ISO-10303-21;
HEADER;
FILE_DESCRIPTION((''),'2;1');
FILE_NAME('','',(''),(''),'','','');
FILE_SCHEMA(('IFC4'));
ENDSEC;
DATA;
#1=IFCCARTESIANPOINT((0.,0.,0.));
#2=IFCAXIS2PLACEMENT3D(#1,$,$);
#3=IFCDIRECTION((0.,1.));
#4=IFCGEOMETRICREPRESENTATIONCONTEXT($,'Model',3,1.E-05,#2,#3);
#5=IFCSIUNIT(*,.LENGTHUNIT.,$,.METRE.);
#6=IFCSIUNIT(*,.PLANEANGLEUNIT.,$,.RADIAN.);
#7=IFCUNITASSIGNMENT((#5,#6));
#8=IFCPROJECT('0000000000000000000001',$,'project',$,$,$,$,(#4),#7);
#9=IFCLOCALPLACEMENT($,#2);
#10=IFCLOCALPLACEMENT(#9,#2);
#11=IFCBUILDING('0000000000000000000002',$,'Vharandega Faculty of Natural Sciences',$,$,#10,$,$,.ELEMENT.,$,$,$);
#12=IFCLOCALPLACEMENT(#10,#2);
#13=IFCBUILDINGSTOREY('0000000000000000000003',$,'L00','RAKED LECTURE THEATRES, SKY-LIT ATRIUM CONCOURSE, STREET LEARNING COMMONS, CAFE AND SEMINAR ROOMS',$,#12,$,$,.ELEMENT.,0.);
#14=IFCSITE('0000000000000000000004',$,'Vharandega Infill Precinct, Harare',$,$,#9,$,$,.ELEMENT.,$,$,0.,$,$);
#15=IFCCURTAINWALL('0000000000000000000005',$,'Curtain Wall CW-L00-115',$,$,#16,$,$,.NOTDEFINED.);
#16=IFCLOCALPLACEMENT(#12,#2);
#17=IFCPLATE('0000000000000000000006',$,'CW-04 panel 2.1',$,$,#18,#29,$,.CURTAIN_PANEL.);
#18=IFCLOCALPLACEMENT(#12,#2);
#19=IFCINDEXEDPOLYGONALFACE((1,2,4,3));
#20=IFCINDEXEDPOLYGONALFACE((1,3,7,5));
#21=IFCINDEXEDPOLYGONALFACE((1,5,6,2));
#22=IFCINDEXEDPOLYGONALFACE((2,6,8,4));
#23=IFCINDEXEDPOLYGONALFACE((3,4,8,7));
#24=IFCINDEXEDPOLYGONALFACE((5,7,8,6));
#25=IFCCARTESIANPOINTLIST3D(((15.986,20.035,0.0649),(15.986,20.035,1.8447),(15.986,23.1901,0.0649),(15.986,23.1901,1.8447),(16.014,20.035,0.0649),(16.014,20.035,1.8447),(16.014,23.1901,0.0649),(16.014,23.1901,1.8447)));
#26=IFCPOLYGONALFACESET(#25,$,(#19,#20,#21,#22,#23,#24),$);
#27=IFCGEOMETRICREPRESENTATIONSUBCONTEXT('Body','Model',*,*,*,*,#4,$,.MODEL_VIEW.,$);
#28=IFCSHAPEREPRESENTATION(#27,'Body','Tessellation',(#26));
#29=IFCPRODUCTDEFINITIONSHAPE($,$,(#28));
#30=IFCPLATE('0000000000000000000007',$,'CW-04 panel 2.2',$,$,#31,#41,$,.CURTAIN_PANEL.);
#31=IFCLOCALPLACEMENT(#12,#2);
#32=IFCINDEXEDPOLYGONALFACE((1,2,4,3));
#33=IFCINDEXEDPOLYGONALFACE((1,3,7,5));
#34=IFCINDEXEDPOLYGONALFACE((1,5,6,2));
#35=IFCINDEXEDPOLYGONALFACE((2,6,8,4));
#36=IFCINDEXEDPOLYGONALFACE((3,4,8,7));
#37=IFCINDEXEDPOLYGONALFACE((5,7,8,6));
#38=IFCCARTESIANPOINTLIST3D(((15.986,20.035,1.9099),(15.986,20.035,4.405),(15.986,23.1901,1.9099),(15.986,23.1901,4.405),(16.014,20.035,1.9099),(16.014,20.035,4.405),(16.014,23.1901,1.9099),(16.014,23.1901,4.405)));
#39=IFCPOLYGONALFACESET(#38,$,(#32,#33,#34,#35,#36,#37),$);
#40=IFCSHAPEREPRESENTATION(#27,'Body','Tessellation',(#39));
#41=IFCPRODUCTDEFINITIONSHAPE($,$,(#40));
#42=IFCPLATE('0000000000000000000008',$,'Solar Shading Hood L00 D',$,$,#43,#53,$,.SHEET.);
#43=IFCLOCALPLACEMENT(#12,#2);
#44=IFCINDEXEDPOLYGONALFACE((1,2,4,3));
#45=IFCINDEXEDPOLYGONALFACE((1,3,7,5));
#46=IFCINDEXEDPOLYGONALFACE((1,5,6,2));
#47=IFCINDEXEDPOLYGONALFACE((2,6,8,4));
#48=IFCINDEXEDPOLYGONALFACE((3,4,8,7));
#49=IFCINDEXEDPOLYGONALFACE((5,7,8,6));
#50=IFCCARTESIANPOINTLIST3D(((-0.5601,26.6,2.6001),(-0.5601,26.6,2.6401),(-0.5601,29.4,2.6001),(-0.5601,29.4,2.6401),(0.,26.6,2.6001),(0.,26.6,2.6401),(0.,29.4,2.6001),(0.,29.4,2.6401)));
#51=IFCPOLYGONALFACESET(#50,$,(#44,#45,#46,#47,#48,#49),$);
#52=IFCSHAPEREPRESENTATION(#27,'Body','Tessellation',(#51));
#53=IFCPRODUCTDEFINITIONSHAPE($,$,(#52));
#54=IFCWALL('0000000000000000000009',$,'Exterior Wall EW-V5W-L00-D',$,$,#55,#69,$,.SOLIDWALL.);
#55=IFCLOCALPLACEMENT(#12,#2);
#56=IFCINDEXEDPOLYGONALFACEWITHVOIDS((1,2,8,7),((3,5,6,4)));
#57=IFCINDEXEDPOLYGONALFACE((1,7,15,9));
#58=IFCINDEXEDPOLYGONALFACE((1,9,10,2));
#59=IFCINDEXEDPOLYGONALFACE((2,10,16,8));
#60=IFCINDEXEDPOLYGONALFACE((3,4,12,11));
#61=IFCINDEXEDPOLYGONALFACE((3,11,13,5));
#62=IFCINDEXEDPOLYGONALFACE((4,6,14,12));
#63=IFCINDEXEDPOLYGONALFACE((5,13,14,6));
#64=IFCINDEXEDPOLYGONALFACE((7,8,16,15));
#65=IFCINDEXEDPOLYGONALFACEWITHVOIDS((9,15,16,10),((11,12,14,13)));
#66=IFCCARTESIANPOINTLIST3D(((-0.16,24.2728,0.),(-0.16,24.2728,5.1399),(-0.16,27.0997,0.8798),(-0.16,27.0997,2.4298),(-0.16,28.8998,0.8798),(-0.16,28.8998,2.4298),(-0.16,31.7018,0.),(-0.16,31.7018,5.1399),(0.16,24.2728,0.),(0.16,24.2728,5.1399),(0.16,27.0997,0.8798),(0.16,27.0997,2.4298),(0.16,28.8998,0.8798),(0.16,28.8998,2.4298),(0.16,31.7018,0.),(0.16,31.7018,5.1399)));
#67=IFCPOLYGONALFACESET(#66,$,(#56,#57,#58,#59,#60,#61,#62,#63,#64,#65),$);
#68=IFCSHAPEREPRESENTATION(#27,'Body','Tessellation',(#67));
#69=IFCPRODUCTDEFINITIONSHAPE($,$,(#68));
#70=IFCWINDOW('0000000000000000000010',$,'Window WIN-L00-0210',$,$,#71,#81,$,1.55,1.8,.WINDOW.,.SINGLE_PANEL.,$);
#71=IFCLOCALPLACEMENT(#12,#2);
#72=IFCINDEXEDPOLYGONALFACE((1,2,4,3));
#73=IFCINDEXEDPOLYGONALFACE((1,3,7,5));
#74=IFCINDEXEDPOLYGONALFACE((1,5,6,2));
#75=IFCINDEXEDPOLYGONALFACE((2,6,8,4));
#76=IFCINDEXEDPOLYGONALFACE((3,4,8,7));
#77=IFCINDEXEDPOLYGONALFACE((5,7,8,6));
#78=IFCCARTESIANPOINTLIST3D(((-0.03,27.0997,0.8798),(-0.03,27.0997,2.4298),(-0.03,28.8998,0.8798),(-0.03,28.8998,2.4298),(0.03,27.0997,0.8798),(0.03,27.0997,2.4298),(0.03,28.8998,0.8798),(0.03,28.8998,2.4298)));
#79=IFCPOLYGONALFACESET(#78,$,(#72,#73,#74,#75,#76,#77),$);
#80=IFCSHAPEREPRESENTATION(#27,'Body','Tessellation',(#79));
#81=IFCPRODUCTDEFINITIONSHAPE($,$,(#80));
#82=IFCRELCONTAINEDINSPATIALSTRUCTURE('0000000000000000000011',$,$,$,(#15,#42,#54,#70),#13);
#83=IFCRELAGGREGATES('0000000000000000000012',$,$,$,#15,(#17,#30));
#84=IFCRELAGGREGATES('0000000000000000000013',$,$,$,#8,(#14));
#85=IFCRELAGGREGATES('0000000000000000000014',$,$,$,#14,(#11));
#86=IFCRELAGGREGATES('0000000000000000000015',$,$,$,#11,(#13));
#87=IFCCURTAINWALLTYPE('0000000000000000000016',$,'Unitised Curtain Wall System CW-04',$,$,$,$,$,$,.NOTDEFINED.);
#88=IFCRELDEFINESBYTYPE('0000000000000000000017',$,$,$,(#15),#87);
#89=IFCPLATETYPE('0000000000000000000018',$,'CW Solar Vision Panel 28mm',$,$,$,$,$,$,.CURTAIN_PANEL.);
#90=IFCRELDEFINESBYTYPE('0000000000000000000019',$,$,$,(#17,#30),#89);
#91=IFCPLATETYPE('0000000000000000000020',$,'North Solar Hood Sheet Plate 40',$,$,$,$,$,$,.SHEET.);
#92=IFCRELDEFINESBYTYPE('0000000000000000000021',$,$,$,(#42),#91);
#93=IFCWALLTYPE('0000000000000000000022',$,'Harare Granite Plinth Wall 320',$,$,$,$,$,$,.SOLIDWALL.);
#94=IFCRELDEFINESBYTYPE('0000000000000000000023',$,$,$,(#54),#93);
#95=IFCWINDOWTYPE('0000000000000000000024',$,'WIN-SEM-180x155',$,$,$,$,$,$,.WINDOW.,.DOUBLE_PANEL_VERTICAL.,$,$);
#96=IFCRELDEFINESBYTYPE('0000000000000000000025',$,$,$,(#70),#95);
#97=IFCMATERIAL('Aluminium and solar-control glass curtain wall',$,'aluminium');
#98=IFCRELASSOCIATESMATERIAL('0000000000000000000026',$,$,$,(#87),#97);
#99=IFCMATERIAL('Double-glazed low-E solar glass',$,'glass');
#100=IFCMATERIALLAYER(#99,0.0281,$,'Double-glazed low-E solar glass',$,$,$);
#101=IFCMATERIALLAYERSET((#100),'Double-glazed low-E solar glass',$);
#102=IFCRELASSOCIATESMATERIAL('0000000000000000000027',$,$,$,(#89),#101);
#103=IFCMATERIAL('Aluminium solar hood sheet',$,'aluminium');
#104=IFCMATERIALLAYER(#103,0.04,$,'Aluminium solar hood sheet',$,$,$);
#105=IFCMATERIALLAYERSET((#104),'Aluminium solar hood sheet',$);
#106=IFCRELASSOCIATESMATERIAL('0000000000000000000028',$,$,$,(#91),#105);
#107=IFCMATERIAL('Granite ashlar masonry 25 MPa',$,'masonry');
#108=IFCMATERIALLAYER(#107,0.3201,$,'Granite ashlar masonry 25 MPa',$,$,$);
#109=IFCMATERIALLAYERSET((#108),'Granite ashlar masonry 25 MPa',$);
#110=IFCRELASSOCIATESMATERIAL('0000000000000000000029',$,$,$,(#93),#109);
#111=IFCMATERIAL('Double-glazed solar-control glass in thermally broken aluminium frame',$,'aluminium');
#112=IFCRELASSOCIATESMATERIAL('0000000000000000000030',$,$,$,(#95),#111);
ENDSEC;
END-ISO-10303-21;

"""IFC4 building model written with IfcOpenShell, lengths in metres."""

from ifc_helpers import new_model, si_unit, direction, frame, frame_2d, origin, origin_2d, place, context, subcontext, project, spatial, rectangle, extrude, material, layer, layer_set, type_object, element, fill, aggregate, save


model = new_model("IFC4")

# Units and contexts
model_context = context("Model", 3, precision=1e-05, world=origin(), true_north=direction((0.0, 1.0)))
body_context = subcontext(model_context, "Body", "Model", "MODEL_VIEW")
ifc_project = project(units=[si_unit("LENGTHUNIT", "METRE"), si_unit("PLANEANGLEUNIT", "RADIAN")], contexts=[model_context])

# Site, building, storey
site_placement = place(None, origin())
site = spatial("IfcSite", under=ifc_project, at=site_placement, Name="Vharandega Infill Precinct, Harare", CompositionType="ELEMENT", RefElevation=0.0)
building_placement = place(site_placement, origin())
building = spatial("IfcBuilding", under=site, at=building_placement, Name="Vharandega Faculty of Natural Sciences", CompositionType="ELEMENT")
storey_placement = place(building_placement, origin())
storey = spatial("IfcBuildingStorey", under=building, at=storey_placement, Name="L00", Description="RAKED LECTURE THEATRES, SKY-LIT ATRIUM CONCOURSE, STREET LEARNING COMMONS, CAFE AND SEMINAR ROOMS", CompositionType="ELEMENT", Elevation=0.0)

# Curtain wall
ifc_material_1 = material(Name="Aluminium and solar-control glass curtain wall", Category="aluminium")
curtain_wall_type_1 = type_object("IfcCurtainWallType", Name="Unitised Curtain Wall System CW-04", PredefinedType="NOTDEFINED", material=ifc_material_1)
curtain_wall_1_placement = place(storey_placement, origin())
curtain_wall_1 = element("IfcCurtainWall", 1, at=curtain_wall_1_placement, inside=storey, type_object=curtain_wall_type_1, Name="Curtain Wall CW-L00-115", PredefinedType="NOTDEFINED")

# Plates
ifc_material_2 = material(Name="Double-glazed low-E solar glass", Category="glass")
ifc_layer_1 = layer(ifc_material_2, 0.0281, Name="Double-glazed low-E solar glass")
ifc_layer_set_1 = layer_set([ifc_layer_1], Name="Double-glazed low-E solar glass")
plate_type_1 = type_object("IfcPlateType", Name="CW Solar Vision Panel 28mm", PredefinedType="CURTAIN_PANEL", material=ifc_layer_set_1)
plate_1_placement = place(storey_placement, frame((16.0, 21.6125, 0.0649), z_axis=(0.0, 0.0, 1.0), x_axis=(0.0, 1.0, 0.0)))
plate_1 = element("IfcPlate", 2, at=plate_1_placement, type_object=plate_type_1, Name="CW-04 panel 2.1", PredefinedType="CURTAIN_PANEL", context=body_context, shape_type="SweptSolid", body=[
    extrude(rectangle(XDim=3.155, YDim=0.0281, at=origin_2d()), origin(), (0.0, 0.0, 1.0), 1.7798),
])
plate_2_placement = place(storey_placement, frame((16.0, 21.6125, 1.9099), z_axis=(0.0, 0.0, 1.0), x_axis=(0.0, 1.0, 0.0)))
plate_2 = element("IfcPlate", 3, at=plate_2_placement, type_object=plate_type_1, Name="CW-04 panel 2.2", PredefinedType="CURTAIN_PANEL", context=body_context, shape_type="SweptSolid", body=[
    extrude(rectangle(XDim=3.155, YDim=0.0281, at=origin_2d()), origin(), (0.0, 0.0, 1.0), 2.4951),
])
aggregate(curtain_wall_1, [plate_1, plate_2])
ifc_material_3 = material(Name="Aluminium solar hood sheet", Category="aluminium")
ifc_layer_2 = layer(ifc_material_3, 0.04, Name="Aluminium solar hood sheet")
ifc_layer_set_2 = layer_set([ifc_layer_2], Name="Aluminium solar hood sheet")
plate_type_2 = type_object("IfcPlateType", Name="North Solar Hood Sheet Plate 40", PredefinedType="SHEET", material=ifc_layer_set_2)
plate_3_placement = place(storey_placement, frame((-0.28, 28.0, 2.6001), z_axis=(0.0, 0.0, 1.0), x_axis=(1.0, 0.0, 0.0)))
element("IfcPlate", 4, at=plate_3_placement, inside=storey, type_object=plate_type_2, Name="Solar Shading Hood L00 D", PredefinedType="SHEET", context=body_context, shape_type="SweptSolid", body=[
    extrude(rectangle(XDim=0.5601, YDim=2.8, at=origin_2d()), origin(), (0.0, 0.0, 1.0), 0.04),
])

# Wall, opening, window
ifc_material_4 = material(Name="Granite ashlar masonry 25 MPa", Category="masonry")
ifc_layer_3 = layer(ifc_material_4, 0.3201, Name="Granite ashlar masonry 25 MPa")
ifc_layer_set_3 = layer_set([ifc_layer_3], Name="Granite ashlar masonry 25 MPa")
wall_type = type_object("IfcWallType", Name="Harare Granite Plinth Wall 320", PredefinedType="SOLIDWALL", material=ifc_layer_set_3)
wall_placement = place(storey_placement, frame((0.0, 24.2729, 0.0), z_axis=(0.0, 0.0, 1.0), x_axis=(0.0, 1.0, 0.0)))
wall = element("IfcWall", 5, at=wall_placement, inside=storey, type_object=wall_type, Name="Exterior Wall EW-V5W-L00-D", PredefinedType="SOLIDWALL", context=body_context, shape_type="SweptSolid", body=[
    extrude(rectangle(XDim=7.429, YDim=0.3201, at=frame_2d((3.7144, 0.0))), origin(), (0.0, 0.0, 1.0), 5.1399),
])
opening_placement = place(wall_placement, frame((2.8269, 0.0, 0.8799)))
opening = element("IfcOpeningElement", 6, at=opening_placement, cuts=wall, PredefinedType="OPENING", context=body_context, shape_type="SweptSolid", body=[
    extrude(rectangle(XDim=1.8, YDim=1.55, at=frame_2d((0.8999, 0.7749))), frame((0.0, 0.1699, 0.0), z_axis=(0.0, -1.0, 0.0), x_axis=(1.0, 0.0, 0.0)), (0.0, 0.0, 1.0), 0.3401),
])
ifc_material_5 = material(Name="Double-glazed solar-control glass in thermally broken aluminium frame", Category="aluminium")
window_type = type_object("IfcWindowType", Name="WIN-SEM-180x155", PartitioningType="DOUBLE_PANEL_VERTICAL", PredefinedType="WINDOW", material=ifc_material_5)
window_placement = place(opening_placement, origin())
window = element("IfcWindow", 7, at=window_placement, inside=storey, type_object=window_type, Name="Window WIN-L00-0210", OverallHeight=1.55, OverallWidth=1.8, PartitioningType="SINGLE_PANEL", PredefinedType="WINDOW", context=body_context, shape_type="SweptSolid", body=[
    extrude(rectangle(XDim=1.8, YDim=1.55, at=frame_2d((0.8999, 0.7749))), frame((0.0, 0.03, 0.0), z_axis=(0.0, -1.0, 0.0), x_axis=(1.0, 0.0, 0.0)), (0.0, 0.0, 1.0), 0.0601),
])
fill(opening, window)

save(model, "model.ifc")
